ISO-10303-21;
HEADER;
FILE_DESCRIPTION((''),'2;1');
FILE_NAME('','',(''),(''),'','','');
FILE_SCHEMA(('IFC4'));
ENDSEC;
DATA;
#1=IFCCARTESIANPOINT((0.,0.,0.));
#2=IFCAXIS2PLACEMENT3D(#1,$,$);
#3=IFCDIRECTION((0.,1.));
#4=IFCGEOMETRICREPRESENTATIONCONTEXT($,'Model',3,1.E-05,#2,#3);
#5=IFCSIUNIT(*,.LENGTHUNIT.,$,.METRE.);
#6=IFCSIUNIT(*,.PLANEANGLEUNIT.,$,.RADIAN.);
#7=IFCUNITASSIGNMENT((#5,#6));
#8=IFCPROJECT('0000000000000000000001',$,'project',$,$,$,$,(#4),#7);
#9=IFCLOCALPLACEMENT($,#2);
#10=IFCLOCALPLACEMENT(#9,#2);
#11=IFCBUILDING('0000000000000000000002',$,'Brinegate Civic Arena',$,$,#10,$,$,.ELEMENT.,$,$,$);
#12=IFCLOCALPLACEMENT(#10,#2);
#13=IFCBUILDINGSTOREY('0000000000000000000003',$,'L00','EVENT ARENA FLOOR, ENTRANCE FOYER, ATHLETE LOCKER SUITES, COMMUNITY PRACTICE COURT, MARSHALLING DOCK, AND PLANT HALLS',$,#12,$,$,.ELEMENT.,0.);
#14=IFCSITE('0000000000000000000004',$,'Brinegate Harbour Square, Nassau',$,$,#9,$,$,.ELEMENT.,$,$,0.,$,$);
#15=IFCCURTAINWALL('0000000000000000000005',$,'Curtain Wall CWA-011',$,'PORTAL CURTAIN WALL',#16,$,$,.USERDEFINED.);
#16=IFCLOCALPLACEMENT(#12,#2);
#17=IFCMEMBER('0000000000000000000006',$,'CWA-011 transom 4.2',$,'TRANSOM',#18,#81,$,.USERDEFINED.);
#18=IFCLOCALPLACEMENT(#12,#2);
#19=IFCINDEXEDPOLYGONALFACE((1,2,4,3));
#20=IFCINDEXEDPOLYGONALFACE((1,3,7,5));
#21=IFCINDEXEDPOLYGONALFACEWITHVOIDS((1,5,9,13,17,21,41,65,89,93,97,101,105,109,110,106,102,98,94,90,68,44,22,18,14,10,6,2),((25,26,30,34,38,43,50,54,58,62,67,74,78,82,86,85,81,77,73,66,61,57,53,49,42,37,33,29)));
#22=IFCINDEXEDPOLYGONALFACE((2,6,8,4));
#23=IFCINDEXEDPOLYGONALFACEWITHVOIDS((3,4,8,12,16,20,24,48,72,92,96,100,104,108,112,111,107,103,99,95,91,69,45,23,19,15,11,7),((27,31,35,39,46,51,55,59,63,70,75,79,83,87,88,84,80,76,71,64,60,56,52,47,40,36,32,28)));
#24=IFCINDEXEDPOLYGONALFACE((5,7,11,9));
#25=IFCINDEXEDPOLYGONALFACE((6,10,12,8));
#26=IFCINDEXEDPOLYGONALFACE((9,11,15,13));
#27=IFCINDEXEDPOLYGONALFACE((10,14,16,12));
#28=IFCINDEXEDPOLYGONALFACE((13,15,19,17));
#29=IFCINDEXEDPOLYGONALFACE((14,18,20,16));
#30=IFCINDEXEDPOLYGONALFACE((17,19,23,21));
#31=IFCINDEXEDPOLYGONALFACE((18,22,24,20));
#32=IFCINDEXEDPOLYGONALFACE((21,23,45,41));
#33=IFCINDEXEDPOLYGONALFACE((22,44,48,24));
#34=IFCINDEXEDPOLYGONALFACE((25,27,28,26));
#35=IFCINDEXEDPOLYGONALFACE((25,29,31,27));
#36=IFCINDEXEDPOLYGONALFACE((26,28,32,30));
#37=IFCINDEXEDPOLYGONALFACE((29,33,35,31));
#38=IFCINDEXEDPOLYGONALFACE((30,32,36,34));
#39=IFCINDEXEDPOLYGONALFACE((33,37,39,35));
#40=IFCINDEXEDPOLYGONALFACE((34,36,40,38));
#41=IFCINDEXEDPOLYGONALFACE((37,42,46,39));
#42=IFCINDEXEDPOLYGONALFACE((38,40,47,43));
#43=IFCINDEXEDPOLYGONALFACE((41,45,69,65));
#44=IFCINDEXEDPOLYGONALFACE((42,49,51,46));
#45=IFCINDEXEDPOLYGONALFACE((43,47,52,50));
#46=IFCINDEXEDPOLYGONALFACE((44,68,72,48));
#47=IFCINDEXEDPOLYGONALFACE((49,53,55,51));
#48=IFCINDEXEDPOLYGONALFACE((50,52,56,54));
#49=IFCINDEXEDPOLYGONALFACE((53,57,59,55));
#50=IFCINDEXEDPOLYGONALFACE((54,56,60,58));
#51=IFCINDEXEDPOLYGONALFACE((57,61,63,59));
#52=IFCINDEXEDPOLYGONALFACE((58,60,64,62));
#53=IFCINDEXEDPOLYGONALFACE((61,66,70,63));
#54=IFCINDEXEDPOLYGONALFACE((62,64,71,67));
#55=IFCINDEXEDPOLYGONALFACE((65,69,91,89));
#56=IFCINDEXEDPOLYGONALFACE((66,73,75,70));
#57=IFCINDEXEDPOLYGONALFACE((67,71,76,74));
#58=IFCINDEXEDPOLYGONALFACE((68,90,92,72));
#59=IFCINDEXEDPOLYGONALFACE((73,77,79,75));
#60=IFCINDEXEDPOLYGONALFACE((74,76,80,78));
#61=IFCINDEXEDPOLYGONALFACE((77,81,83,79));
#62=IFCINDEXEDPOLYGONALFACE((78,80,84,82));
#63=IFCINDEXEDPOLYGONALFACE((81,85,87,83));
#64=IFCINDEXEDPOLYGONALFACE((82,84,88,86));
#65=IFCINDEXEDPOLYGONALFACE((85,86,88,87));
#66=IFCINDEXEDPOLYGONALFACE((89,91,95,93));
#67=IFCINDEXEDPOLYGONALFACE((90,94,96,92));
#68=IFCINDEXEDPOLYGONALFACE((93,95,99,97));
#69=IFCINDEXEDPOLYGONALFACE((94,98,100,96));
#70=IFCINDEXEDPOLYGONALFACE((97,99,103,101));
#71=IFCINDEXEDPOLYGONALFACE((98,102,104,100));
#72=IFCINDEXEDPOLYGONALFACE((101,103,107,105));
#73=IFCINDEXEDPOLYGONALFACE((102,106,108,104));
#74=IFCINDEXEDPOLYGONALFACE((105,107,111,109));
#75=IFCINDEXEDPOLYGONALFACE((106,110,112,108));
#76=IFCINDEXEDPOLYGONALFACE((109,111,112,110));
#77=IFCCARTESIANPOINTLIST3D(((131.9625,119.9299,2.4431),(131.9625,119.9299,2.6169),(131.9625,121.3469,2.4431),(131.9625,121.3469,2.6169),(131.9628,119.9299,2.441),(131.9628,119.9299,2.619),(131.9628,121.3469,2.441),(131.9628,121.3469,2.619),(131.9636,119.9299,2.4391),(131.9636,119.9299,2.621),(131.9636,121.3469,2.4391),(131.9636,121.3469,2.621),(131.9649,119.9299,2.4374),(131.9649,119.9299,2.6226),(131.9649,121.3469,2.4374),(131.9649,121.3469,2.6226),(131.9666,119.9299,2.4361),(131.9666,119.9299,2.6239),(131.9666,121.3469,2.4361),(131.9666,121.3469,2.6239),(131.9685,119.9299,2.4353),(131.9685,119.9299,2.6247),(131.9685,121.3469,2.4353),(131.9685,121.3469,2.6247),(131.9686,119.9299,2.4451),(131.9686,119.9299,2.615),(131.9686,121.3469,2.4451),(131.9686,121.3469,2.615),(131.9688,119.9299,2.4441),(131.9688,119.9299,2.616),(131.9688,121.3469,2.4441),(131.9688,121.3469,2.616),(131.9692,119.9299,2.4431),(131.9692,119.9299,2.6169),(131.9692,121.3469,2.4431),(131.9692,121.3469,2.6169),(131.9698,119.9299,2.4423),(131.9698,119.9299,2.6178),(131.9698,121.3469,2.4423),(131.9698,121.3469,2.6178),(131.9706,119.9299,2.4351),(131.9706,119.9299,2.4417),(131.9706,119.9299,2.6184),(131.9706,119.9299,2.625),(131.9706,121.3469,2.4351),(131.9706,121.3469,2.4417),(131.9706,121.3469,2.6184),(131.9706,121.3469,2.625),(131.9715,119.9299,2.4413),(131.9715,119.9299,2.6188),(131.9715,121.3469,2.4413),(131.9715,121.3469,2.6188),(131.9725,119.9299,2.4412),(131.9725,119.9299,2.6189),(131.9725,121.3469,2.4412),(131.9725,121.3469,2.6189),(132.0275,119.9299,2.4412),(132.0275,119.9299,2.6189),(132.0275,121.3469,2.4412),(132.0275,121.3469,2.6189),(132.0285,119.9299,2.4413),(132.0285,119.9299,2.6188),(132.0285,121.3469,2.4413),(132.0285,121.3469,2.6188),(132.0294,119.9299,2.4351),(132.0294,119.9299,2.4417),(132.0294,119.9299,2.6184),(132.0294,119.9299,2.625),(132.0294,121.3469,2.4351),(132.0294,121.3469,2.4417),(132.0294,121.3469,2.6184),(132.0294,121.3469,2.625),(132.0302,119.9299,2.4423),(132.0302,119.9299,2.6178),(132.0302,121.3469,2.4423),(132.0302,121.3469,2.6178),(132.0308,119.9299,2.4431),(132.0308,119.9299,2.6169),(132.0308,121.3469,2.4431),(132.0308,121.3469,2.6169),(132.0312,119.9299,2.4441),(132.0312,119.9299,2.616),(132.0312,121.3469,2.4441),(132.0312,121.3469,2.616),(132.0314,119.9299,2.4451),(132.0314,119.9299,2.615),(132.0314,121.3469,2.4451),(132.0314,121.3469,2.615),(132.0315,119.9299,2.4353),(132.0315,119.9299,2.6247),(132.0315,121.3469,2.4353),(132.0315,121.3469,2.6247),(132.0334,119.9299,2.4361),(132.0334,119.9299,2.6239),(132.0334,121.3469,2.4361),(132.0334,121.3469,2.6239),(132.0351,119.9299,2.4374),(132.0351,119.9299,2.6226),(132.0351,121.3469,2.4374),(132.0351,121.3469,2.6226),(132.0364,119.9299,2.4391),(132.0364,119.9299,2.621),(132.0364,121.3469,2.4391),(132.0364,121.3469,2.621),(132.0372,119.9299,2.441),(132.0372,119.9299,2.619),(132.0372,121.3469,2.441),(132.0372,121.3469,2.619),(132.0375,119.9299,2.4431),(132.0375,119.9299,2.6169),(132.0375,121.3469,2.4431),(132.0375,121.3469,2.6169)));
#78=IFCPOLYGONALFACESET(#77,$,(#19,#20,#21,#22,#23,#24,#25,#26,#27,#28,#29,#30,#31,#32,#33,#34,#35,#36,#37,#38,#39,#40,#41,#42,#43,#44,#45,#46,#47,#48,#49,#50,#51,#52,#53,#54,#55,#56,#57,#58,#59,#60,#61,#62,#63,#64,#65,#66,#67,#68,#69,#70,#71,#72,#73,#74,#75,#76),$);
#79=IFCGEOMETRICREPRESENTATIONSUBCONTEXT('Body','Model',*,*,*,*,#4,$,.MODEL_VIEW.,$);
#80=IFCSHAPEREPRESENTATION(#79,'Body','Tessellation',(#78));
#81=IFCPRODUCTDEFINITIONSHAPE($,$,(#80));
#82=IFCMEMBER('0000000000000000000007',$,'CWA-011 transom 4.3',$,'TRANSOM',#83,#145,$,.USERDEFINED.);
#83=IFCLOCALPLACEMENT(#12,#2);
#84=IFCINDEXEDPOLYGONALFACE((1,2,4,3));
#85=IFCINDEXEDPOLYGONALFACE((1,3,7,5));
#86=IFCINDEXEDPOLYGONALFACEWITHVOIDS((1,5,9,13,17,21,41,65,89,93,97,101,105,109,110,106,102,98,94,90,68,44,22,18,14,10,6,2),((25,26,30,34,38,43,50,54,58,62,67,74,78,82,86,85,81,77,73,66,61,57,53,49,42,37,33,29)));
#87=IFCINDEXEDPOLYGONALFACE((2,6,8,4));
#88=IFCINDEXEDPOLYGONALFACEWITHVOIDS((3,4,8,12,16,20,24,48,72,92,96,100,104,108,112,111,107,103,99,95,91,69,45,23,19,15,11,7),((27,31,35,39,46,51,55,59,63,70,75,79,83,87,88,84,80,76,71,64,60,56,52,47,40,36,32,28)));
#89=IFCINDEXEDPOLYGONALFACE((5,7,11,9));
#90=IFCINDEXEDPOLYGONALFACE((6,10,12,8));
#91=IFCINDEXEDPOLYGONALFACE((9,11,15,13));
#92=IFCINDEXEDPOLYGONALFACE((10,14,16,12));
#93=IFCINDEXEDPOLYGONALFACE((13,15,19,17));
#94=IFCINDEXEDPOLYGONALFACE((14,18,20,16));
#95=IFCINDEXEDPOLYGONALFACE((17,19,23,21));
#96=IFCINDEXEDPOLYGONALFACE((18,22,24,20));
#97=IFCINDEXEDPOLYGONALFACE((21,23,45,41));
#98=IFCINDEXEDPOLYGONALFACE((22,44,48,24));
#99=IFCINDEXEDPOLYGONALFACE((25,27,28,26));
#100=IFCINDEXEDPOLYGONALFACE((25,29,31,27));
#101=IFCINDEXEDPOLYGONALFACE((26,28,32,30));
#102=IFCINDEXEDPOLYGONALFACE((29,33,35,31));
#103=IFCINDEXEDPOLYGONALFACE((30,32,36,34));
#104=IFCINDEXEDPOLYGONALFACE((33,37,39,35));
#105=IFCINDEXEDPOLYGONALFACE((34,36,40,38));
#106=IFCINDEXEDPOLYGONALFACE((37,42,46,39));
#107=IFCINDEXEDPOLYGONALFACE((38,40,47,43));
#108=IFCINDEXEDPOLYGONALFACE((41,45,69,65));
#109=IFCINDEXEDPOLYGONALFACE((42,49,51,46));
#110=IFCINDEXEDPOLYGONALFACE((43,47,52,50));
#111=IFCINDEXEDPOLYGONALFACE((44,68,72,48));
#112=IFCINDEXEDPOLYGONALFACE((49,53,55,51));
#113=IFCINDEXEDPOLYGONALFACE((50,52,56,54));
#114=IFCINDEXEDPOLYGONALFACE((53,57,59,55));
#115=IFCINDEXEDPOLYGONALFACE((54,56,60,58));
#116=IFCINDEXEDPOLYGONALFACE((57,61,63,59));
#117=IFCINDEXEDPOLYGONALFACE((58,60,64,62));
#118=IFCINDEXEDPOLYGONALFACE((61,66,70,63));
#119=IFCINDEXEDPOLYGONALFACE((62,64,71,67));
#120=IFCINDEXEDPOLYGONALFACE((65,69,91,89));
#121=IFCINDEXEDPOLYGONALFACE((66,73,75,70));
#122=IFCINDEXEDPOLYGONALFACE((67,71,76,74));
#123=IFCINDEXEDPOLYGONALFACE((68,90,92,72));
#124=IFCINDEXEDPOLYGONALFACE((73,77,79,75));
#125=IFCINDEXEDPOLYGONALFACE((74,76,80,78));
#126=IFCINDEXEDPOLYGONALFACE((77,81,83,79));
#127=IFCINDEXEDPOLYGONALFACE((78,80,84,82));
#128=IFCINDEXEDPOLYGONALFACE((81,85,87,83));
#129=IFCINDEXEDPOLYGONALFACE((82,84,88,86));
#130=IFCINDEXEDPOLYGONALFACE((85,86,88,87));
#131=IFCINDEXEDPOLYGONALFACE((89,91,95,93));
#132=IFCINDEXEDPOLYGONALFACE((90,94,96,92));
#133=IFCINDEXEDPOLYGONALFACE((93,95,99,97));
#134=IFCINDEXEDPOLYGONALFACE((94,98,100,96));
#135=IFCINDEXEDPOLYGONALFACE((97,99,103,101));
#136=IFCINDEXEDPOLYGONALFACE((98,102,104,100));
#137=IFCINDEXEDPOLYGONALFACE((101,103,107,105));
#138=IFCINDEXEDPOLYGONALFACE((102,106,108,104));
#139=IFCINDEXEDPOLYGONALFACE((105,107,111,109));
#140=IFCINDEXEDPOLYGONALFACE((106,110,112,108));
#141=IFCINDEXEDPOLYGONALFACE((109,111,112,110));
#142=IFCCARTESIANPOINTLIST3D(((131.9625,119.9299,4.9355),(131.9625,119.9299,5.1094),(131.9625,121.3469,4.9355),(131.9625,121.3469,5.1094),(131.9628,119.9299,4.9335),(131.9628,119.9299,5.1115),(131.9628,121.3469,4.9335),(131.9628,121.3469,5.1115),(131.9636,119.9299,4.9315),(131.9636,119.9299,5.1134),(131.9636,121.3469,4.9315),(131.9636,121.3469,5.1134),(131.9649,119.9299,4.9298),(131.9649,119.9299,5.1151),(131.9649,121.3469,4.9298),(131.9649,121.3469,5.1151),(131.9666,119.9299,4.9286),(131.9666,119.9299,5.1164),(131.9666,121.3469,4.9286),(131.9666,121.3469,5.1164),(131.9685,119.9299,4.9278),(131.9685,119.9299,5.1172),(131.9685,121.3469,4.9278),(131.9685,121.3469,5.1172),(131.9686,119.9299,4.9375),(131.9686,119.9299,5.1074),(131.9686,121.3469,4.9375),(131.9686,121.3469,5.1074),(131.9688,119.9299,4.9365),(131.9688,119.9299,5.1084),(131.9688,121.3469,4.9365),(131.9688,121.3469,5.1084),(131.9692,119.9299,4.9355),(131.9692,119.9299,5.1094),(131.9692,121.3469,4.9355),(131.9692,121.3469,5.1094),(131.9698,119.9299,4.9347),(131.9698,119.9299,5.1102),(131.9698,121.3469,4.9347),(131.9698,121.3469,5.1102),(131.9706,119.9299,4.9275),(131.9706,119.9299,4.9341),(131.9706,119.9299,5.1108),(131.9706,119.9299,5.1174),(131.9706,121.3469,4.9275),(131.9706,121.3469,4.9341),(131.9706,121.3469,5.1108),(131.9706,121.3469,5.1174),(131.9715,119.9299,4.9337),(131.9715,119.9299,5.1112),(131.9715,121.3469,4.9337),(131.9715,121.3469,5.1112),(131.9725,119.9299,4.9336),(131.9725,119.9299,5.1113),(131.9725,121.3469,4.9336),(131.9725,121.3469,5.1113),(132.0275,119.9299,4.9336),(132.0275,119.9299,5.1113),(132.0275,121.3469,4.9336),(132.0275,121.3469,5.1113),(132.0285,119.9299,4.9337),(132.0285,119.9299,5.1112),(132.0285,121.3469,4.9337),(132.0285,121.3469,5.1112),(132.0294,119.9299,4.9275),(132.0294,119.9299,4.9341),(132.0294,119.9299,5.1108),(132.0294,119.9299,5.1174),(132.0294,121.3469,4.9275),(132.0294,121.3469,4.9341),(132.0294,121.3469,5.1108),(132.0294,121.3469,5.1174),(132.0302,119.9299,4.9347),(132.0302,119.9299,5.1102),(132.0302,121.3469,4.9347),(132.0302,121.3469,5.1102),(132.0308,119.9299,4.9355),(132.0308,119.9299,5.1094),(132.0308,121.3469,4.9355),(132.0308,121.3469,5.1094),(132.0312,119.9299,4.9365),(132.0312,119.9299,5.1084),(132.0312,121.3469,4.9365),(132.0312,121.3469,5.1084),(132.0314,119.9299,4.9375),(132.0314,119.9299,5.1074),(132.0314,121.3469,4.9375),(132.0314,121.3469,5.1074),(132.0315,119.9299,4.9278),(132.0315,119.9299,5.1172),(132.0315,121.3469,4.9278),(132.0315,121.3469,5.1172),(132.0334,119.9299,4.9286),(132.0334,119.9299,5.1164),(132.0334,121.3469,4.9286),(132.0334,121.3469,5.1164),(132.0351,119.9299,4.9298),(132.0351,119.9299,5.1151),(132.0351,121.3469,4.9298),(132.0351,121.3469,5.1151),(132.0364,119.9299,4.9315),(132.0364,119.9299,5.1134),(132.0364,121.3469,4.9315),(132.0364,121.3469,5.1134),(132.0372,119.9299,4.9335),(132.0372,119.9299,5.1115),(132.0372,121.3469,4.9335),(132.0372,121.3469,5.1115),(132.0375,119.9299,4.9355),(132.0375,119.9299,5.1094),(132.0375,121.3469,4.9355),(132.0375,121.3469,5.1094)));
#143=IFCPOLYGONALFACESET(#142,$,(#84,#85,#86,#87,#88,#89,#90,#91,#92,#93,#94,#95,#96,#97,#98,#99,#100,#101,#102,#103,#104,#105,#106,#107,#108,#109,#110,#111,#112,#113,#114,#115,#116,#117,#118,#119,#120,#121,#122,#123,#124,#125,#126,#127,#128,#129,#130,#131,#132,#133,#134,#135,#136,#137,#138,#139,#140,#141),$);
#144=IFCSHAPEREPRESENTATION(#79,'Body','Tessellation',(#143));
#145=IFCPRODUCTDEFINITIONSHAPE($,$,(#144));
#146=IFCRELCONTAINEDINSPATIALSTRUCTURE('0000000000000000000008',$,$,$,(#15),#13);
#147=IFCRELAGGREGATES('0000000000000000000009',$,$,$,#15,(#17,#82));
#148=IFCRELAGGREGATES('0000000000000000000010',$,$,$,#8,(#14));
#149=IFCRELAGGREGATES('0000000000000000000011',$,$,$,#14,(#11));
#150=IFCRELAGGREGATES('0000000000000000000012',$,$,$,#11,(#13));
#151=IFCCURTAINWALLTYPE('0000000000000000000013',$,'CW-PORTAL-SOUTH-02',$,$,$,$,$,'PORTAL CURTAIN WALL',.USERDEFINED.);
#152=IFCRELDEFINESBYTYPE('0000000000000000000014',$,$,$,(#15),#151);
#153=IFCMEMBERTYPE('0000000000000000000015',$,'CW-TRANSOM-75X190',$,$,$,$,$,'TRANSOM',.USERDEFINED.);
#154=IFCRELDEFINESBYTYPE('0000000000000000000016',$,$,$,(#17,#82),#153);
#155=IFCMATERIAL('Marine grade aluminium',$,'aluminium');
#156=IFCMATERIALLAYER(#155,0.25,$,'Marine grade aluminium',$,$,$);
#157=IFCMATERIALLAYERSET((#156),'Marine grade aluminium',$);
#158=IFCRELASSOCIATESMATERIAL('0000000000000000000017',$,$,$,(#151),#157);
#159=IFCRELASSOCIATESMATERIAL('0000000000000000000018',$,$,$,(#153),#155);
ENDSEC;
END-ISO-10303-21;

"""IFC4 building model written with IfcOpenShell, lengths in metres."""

from ifc_helpers import new_model, si_unit, direction, frame, origin, origin_2d, place, context, subcontext, project, spatial, hollow_rectangle, extrude, material, layer, layer_set, material_profile, profile_set, type_object, element, aggregate, save


model = new_model("IFC4")

# Units and contexts
model_context = context("Model", 3, precision=1e-05, world=origin(), true_north=direction((0.0, 1.0)))
body_context = subcontext(model_context, "Body", "Model", "MODEL_VIEW")
ifc_project = project(units=[si_unit("LENGTHUNIT", "METRE"), si_unit("PLANEANGLEUNIT", "RADIAN")], contexts=[model_context])

# Site, building, storey
site_placement = place(None, origin())
site = spatial("IfcSite", under=ifc_project, at=site_placement, Name="Brinegate Harbour Square, Nassau", CompositionType="ELEMENT", RefElevation=0.0)
building_placement = place(site_placement, origin())
building = spatial("IfcBuilding", under=site, at=building_placement, Name="Brinegate Civic Arena", CompositionType="ELEMENT")
storey_placement = place(building_placement, origin())
storey = spatial("IfcBuildingStorey", under=building, at=storey_placement, Name="L00", Description="EVENT ARENA FLOOR, ENTRANCE FOYER, ATHLETE LOCKER SUITES, COMMUNITY PRACTICE COURT, MARSHALLING DOCK, AND PLANT HALLS", CompositionType="ELEMENT", Elevation=0.0)

# Curtain wall, members
ifc_material_1 = material(Name="Marine grade aluminium", Category="aluminium")
ifc_layer_1 = layer(ifc_material_1, 0.25, Name="Marine grade aluminium")
ifc_layer_set_1 = layer_set([ifc_layer_1], Name="Marine grade aluminium")
curtain_wall_type = type_object("IfcCurtainWallType", Name="CW-PORTAL-SOUTH-02", ElementType="PORTAL CURTAIN WALL", PredefinedType="USERDEFINED", material=ifc_layer_set_1)
curtain_wall_placement = place(storey_placement, origin())
curtain_wall = element("IfcCurtainWall", 1, at=curtain_wall_placement, inside=storey, type_object=curtain_wall_type, Name="Curtain Wall CWA-011", ObjectType="PORTAL CURTAIN WALL", PredefinedType="USERDEFINED")
ifc_material_profile_1 = material_profile(ifc_material_1, hollow_rectangle(XDim=0.075, YDim=0.1899, WallThickness=0.0061, InnerFilletRadius=0.0039, OuterFilletRadius=0.0081, at=origin_2d()), Name="TRN75X190")
ifc_profile_set_1 = profile_set([ifc_material_profile_1], Name="Marine grade aluminium")
member_type_1 = type_object("IfcMemberType", Name="CW-TRANSOM-75X190", ElementType="TRANSOM", PredefinedType="USERDEFINED", material=ifc_profile_set_1)
member_1_placement = place(storey_placement, frame((132.0, 119.9299, 2.53), z_axis=(0.0, 1.0, 0.0), x_axis=(-1.0, 0.0, 0.0)))
member_1 = element("IfcMember", 2, at=member_1_placement, type_object=member_type_1, Name="CWA-011 transom 4.2", ObjectType="TRANSOM", PredefinedType="USERDEFINED", context=body_context, shape_type="SweptSolid", body=[
    extrude(hollow_rectangle(XDim=0.075, YDim=0.1899, WallThickness=0.0061, InnerFilletRadius=0.0039, OuterFilletRadius=0.0081, at=origin_2d()), origin(), (0.0, 0.0, 1.0), 1.417),
])
member_2_placement = place(storey_placement, frame((132.0, 119.9299, 5.0225), z_axis=(0.0, 1.0, 0.0), x_axis=(-1.0, 0.0, 0.0)))
member_2 = element("IfcMember", 3, at=member_2_placement, type_object=member_type_1, Name="CWA-011 transom 4.3", ObjectType="TRANSOM", PredefinedType="USERDEFINED", context=body_context, shape_type="SweptSolid", body=[
    extrude(hollow_rectangle(XDim=0.075, YDim=0.1899, WallThickness=0.0061, InnerFilletRadius=0.0039, OuterFilletRadius=0.0081, at=origin_2d()), origin(), (0.0, 0.0, 1.0), 1.417),
])
aggregate(curtain_wall, [member_1, member_2])

save(model, "model.ifc")
